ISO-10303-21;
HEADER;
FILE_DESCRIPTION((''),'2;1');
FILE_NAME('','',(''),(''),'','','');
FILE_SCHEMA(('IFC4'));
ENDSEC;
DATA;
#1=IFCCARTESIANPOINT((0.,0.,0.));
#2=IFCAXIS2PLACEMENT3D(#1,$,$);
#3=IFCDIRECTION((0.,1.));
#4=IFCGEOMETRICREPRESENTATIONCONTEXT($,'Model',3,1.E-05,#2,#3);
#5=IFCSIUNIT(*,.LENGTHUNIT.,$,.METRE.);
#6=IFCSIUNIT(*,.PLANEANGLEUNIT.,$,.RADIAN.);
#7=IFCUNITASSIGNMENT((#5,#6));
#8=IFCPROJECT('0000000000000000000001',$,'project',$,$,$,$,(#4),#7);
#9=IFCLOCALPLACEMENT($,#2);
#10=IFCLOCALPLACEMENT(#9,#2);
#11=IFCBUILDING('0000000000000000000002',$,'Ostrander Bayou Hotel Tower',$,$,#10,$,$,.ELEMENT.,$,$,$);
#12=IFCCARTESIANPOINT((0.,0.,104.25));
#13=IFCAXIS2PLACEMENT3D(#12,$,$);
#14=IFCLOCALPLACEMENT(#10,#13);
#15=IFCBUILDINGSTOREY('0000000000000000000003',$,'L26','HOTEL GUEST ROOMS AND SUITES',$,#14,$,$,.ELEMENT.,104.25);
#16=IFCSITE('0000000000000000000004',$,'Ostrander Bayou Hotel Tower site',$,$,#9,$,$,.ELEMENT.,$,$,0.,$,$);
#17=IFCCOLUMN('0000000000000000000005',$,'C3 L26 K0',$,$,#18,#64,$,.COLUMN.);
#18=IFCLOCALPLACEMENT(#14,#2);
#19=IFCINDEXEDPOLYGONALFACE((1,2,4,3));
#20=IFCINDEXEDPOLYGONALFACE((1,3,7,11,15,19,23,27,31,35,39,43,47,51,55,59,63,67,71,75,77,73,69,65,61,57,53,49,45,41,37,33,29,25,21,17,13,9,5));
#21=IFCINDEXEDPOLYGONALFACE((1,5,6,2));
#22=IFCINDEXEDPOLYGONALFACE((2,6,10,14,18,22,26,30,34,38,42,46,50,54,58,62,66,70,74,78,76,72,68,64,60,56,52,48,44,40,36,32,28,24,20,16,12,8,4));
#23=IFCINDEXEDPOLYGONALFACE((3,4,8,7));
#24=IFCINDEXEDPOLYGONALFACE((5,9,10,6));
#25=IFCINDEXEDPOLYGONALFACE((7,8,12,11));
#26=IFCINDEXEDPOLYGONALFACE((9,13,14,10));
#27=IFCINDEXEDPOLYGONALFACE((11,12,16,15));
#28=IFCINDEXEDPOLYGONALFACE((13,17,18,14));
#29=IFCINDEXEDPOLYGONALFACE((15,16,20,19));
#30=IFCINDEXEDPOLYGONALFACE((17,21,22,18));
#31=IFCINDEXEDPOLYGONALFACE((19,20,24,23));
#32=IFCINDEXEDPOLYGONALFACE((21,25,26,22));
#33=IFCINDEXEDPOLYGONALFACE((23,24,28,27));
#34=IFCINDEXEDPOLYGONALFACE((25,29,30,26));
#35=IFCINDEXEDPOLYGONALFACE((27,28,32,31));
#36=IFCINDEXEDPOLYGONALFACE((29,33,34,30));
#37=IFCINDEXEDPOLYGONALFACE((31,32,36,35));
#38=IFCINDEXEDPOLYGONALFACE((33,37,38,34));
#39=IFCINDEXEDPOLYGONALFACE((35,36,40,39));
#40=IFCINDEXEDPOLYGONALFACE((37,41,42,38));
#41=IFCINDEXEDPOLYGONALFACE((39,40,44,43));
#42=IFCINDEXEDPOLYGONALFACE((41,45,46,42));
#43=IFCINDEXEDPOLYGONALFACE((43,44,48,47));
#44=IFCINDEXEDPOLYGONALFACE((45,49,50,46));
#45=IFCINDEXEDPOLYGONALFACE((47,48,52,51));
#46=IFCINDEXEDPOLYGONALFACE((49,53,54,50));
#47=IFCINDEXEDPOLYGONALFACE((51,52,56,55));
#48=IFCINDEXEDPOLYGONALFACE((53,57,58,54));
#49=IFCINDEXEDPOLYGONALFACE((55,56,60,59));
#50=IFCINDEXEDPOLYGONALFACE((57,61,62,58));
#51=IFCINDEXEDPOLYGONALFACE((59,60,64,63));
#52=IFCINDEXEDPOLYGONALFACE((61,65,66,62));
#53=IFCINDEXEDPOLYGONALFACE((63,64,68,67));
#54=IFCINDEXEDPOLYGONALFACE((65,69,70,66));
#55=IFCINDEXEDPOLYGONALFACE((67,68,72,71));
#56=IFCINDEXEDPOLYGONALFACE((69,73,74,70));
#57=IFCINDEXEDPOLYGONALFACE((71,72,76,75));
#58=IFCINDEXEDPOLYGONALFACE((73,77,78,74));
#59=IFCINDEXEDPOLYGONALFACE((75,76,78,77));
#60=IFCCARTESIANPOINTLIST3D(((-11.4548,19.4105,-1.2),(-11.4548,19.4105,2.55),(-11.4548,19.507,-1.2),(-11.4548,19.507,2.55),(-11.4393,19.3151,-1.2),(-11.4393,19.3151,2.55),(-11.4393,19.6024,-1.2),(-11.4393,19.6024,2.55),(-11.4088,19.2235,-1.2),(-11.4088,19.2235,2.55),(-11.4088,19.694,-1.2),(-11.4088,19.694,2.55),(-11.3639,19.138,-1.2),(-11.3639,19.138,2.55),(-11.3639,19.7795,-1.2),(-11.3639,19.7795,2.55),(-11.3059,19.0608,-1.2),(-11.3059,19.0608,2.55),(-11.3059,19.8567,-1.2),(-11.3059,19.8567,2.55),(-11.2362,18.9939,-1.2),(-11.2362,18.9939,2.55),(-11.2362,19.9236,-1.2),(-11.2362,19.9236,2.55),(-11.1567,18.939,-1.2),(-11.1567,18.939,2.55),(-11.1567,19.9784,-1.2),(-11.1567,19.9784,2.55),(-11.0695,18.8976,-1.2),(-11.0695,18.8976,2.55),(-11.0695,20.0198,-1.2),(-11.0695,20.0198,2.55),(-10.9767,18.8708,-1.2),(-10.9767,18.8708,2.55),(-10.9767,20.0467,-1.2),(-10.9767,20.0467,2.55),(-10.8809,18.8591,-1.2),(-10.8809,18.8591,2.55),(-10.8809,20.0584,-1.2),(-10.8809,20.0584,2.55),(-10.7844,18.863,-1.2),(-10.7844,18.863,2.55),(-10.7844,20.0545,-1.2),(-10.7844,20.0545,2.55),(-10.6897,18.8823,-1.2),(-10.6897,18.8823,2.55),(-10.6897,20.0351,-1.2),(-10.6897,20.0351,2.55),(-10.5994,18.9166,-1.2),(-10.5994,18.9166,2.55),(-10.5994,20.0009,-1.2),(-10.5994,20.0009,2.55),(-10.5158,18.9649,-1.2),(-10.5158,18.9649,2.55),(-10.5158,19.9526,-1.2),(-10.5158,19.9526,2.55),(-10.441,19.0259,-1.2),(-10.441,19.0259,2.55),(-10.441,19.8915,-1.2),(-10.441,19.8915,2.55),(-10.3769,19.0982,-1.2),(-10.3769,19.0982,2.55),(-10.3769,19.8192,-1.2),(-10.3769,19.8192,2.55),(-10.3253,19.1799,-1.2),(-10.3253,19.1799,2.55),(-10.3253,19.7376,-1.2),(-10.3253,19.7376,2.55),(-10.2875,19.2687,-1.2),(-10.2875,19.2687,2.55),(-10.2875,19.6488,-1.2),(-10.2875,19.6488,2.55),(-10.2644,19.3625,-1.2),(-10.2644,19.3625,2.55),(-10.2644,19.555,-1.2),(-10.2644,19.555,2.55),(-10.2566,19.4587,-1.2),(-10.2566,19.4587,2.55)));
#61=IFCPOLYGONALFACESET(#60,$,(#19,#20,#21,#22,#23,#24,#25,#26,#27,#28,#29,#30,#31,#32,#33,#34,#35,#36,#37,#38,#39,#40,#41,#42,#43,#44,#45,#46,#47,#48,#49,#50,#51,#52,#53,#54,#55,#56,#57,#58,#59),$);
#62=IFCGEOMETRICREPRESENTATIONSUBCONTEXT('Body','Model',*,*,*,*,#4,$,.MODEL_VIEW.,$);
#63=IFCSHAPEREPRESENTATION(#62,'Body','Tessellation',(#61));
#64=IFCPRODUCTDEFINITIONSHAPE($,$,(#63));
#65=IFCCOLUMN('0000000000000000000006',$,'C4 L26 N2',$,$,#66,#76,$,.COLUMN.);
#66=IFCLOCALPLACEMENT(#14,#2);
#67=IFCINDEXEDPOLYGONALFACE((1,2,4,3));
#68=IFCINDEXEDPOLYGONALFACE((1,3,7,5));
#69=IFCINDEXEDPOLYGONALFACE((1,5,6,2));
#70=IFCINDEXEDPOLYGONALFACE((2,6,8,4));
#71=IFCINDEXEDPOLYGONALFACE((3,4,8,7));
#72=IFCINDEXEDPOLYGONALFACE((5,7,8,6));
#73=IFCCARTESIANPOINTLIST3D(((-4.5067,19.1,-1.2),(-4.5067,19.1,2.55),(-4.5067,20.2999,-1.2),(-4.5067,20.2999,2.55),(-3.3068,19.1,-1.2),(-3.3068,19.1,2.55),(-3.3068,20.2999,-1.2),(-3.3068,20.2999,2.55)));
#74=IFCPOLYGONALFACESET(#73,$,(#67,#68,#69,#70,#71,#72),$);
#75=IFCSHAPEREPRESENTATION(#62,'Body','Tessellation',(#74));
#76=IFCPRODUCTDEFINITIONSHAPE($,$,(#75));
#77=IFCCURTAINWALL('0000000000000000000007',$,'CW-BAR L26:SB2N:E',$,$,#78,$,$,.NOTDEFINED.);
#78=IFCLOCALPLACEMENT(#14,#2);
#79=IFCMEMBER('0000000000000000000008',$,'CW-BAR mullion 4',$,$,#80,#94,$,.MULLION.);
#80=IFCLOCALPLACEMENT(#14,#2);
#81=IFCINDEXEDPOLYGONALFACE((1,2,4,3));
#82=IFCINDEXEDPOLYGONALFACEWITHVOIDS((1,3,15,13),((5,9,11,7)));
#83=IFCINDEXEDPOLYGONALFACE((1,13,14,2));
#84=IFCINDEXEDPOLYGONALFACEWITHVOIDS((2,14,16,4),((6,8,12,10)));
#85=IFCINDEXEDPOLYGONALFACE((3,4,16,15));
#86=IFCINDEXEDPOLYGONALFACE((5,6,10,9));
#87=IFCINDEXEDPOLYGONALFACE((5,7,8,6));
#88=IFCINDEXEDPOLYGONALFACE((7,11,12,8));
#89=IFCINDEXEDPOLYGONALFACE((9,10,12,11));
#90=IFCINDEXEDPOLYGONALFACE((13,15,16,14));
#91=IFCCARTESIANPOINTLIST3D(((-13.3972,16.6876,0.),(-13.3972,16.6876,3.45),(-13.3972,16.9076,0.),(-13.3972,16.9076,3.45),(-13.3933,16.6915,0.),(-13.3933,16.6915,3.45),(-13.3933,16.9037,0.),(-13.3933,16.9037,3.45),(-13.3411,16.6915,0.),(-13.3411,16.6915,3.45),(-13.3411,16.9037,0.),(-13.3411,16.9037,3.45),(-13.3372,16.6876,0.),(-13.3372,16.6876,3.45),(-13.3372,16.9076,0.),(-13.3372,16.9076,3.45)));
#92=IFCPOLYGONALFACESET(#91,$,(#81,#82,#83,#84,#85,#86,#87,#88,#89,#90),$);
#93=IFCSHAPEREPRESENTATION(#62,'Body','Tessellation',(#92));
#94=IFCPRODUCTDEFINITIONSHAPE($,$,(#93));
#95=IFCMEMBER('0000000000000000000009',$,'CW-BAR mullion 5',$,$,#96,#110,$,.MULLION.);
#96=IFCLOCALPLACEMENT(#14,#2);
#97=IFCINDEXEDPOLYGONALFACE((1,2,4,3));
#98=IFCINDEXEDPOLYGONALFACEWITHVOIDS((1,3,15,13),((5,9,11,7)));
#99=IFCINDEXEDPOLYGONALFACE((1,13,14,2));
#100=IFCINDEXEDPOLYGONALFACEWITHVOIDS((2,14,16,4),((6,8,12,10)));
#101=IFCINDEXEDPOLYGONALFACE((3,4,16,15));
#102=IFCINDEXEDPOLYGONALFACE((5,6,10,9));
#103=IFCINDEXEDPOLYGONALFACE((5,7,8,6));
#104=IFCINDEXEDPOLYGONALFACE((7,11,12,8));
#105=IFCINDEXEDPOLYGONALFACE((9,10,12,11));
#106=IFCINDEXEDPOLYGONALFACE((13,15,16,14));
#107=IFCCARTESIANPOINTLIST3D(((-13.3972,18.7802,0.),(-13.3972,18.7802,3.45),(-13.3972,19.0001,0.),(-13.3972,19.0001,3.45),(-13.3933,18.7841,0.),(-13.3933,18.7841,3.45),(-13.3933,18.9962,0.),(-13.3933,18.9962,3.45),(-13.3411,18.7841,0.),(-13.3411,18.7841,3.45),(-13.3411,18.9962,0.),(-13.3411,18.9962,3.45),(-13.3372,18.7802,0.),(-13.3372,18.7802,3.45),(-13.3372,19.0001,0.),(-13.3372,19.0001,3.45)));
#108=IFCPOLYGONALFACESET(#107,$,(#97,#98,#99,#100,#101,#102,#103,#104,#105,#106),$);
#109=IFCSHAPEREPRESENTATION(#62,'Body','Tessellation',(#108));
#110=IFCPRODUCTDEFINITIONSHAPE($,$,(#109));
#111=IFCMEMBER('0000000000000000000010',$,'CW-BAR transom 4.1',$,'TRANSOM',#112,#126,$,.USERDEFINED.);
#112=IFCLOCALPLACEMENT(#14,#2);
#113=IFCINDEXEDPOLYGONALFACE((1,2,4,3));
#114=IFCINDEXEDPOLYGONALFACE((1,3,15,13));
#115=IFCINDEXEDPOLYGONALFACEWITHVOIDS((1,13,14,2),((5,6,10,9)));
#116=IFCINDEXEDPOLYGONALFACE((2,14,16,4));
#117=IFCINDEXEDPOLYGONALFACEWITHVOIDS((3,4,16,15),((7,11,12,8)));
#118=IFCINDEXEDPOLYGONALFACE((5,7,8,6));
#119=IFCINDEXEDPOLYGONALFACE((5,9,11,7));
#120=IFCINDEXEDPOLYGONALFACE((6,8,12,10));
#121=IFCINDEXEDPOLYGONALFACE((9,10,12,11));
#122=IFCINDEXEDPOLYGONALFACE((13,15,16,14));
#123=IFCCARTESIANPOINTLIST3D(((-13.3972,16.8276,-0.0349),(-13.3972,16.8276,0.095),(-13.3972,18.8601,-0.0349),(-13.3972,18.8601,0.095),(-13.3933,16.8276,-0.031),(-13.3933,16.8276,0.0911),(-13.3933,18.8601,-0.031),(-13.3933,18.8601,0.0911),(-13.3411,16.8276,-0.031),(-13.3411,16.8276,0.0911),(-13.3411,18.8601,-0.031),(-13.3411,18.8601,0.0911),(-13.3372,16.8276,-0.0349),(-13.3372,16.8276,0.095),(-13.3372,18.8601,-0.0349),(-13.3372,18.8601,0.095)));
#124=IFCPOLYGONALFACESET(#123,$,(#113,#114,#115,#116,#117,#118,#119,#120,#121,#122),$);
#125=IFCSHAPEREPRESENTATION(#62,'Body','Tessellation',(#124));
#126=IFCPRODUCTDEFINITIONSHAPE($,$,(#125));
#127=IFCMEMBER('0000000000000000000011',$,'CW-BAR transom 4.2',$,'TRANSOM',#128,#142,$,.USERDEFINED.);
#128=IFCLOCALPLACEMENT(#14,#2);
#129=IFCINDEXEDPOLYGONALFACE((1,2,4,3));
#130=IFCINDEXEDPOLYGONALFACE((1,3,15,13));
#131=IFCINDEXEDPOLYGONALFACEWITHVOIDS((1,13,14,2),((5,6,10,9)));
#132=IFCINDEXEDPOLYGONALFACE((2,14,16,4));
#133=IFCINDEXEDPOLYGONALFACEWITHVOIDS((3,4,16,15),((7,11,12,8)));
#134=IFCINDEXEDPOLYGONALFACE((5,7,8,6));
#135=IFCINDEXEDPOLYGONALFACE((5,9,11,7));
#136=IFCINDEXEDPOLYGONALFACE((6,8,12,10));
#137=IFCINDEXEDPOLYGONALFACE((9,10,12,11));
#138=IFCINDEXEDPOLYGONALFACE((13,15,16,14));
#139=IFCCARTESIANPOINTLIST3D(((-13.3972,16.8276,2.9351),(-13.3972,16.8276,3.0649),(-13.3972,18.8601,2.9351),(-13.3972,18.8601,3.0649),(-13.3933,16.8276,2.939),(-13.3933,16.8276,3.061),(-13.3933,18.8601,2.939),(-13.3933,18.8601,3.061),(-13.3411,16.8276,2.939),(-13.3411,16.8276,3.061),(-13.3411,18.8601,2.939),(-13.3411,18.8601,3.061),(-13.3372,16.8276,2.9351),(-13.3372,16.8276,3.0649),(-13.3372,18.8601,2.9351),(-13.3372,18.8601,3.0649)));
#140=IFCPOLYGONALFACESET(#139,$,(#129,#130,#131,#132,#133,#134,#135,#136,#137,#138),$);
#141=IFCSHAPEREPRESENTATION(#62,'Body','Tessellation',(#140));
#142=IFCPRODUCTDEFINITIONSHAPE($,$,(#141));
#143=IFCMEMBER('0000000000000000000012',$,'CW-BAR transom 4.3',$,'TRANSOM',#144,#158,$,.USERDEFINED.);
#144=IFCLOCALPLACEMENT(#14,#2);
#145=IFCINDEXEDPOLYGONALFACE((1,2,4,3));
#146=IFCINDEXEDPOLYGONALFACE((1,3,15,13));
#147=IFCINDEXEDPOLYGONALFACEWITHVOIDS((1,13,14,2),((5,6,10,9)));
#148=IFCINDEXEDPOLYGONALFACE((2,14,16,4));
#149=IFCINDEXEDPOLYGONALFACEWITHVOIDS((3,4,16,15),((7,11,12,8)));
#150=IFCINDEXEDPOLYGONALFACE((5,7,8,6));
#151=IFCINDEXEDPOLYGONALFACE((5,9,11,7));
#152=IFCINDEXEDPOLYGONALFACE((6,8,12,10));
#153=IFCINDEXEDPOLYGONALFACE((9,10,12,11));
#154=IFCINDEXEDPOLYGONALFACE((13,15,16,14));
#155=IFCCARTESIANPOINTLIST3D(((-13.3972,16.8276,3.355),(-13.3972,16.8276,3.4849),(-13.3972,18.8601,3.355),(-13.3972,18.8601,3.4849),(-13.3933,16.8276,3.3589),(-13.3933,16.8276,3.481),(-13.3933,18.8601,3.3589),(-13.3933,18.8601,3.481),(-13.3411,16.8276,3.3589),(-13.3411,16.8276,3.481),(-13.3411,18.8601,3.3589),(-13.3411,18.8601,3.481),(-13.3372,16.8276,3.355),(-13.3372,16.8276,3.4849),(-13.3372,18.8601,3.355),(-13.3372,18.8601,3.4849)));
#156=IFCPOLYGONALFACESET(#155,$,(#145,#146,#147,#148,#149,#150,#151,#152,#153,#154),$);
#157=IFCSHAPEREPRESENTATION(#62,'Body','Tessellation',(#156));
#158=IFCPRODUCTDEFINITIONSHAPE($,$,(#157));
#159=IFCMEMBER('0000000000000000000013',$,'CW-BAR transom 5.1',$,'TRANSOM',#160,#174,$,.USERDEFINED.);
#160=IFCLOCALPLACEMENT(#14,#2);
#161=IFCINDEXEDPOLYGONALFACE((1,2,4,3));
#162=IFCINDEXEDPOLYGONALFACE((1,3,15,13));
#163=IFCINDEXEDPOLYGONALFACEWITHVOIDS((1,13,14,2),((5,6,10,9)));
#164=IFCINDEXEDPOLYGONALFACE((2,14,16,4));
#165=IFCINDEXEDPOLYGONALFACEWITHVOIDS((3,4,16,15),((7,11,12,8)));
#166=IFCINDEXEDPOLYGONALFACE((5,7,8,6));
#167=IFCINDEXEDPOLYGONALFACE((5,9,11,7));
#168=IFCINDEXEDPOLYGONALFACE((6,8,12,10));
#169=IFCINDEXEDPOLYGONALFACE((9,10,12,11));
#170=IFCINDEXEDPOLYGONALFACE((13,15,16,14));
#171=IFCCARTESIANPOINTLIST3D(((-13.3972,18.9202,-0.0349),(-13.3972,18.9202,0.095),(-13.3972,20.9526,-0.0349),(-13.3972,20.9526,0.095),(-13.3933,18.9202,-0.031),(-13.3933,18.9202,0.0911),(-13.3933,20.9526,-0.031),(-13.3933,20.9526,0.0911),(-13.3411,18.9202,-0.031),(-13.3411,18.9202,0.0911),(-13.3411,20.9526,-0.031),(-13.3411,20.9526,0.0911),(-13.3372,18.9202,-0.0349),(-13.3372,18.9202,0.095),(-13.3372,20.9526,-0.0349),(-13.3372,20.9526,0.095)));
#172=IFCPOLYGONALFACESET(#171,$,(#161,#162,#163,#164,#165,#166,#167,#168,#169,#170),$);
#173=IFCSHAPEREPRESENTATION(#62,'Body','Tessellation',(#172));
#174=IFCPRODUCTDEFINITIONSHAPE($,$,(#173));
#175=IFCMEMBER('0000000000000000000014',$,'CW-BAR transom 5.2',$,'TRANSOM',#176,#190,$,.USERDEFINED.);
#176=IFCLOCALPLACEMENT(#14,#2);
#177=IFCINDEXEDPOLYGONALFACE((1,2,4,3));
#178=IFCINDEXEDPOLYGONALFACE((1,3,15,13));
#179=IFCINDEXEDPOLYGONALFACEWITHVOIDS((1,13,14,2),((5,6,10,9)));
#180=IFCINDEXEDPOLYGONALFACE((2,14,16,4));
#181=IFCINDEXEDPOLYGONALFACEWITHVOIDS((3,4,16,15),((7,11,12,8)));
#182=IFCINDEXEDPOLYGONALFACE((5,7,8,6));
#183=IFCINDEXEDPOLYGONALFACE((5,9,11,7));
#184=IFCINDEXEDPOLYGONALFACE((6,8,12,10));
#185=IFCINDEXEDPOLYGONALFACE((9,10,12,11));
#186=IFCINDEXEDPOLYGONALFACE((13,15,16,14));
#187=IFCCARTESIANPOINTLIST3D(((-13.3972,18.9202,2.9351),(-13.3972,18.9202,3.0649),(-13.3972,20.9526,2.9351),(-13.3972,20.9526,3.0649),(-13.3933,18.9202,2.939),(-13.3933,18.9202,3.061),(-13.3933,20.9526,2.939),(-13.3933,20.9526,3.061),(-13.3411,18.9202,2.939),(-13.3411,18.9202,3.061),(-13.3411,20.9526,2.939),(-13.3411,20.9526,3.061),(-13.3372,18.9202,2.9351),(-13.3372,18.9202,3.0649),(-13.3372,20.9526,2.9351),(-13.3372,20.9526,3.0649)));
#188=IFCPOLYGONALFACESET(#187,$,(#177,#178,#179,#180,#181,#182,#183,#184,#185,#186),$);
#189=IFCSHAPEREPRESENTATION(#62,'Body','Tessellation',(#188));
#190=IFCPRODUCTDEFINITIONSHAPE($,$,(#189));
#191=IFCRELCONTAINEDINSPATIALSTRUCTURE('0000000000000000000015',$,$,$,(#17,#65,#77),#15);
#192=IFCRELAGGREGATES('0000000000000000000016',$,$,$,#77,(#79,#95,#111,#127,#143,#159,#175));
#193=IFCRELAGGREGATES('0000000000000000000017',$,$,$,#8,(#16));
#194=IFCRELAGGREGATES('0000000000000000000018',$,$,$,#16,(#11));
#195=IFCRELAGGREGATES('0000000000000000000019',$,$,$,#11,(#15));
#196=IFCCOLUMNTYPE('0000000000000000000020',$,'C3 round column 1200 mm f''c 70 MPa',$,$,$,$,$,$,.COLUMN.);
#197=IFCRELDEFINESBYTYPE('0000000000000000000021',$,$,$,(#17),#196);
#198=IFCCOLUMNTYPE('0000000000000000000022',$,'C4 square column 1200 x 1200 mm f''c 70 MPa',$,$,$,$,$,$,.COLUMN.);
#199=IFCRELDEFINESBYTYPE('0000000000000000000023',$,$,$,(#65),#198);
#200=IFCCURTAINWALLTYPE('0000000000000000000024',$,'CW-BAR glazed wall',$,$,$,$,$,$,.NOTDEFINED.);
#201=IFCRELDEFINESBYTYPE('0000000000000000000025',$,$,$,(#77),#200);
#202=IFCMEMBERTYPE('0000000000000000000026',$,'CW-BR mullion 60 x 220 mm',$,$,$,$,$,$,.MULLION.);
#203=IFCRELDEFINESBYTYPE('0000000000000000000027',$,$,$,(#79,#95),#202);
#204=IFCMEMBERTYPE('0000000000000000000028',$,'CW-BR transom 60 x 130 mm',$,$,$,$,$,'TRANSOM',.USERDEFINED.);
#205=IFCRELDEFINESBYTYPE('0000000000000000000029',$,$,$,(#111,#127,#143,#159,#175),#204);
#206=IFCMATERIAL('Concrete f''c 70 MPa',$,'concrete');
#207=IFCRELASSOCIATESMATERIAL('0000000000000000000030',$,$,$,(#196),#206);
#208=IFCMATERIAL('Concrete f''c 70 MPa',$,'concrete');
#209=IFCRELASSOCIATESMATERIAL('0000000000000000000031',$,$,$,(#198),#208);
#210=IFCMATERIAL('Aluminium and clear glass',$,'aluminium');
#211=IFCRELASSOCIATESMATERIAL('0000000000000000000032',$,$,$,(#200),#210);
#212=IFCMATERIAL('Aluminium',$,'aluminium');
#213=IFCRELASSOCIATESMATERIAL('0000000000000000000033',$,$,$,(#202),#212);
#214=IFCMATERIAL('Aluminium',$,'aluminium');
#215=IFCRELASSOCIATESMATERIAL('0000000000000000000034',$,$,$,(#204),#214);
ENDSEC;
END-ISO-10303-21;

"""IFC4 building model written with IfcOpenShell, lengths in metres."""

from ifc_helpers import new_model, si_unit, direction, frame, origin, origin_2d, place, context, subcontext, project, spatial, rectangle, hollow_rectangle, circle, extrude, material, material_profile, profile_set, type_object, element, aggregate, save


model = new_model("IFC4")

# Units and contexts
model_context = context("Model", 3, precision=1e-05, world=origin(), true_north=direction((0.0, 1.0)))
body_context = subcontext(model_context, "Body", "Model", "MODEL_VIEW")
ifc_project = project(units=[si_unit("LENGTHUNIT", "METRE"), si_unit("PLANEANGLEUNIT", "RADIAN")], contexts=[model_context])

# Site, building, storey
site_placement = place(None, origin())
site = spatial("IfcSite", under=ifc_project, at=site_placement, Name="Ostrander Bayou Hotel Tower site", CompositionType="ELEMENT", RefElevation=0.0)
building_placement = place(site_placement, origin())
building = spatial("IfcBuilding", under=site, at=building_placement, Name="Ostrander Bayou Hotel Tower", CompositionType="ELEMENT")
storey_placement = place(building_placement, frame((0.0, 0.0, 104.25)))
storey = spatial("IfcBuildingStorey", under=building, at=storey_placement, Name="L26", Description="HOTEL GUEST ROOMS AND SUITES", CompositionType="ELEMENT", Elevation=104.25)

# Columns
ifc_material_1 = material(Name="Concrete f'c 70 MPa", Category="concrete")
ifc_material_profile_1 = material_profile(ifc_material_1, circle(Radius=0.6001, at=origin_2d()))
ifc_profile_set_1 = profile_set([ifc_material_profile_1], Name="Concrete f'c 70 MPa")
column_type_1 = type_object("IfcColumnType", Name="C3 round column 1200 mm f'c 70 MPa", PredefinedType="COLUMN", material=ifc_profile_set_1)
column_1_placement = place(storey_placement, frame((-10.8567, 19.4587, -1.2), z_axis=(0.0, 0.0, 1.0), x_axis=(1.0, 0.0, 0.0)))
element("IfcColumn", 1, at=column_1_placement, inside=storey, type_object=column_type_1, Name="C3 L26 K0", PredefinedType="COLUMN", context=body_context, shape_type="SweptSolid", body=[
    extrude(circle(Radius=0.6001, at=origin_2d()), origin(), (0.0, 0.0, 1.0), 3.75),
])
ifc_material_2 = material(Name="Concrete f'c 70 MPa", Category="concrete")
ifc_material_profile_2 = material_profile(ifc_material_2, rectangle(XDim=1.2, YDim=1.2, at=origin_2d()))
ifc_profile_set_2 = profile_set([ifc_material_profile_2], Name="Concrete f'c 70 MPa")
column_type_2 = type_object("IfcColumnType", Name="C4 square column 1200 x 1200 mm f'c 70 MPa", PredefinedType="COLUMN", material=ifc_profile_set_2)
column_2_placement = place(storey_placement, frame((-3.9067, 19.7, -1.2), z_axis=(0.0, 0.0, 1.0), x_axis=(1.0, 0.0, 0.0)))
element("IfcColumn", 2, at=column_2_placement, inside=storey, type_object=column_type_2, Name="C4 L26 N2", PredefinedType="COLUMN", context=body_context, shape_type="SweptSolid", body=[
    extrude(rectangle(XDim=1.2, YDim=1.2, at=origin_2d()), origin(), (0.0, 0.0, 1.0), 3.75),
])

# Curtain wall, members
ifc_material_3 = material(Name="Aluminium and clear glass", Category="aluminium")
curtain_wall_type = type_object("IfcCurtainWallType", Name="CW-BAR glazed wall", PredefinedType="NOTDEFINED", material=ifc_material_3)
curtain_wall_placement = place(storey_placement, origin())
curtain_wall = element("IfcCurtainWall", 3, at=curtain_wall_placement, inside=storey, type_object=curtain_wall_type, Name="CW-BAR L26:SB2N:E", PredefinedType="NOTDEFINED")
ifc_material_4 = material(Name="Aluminium", Category="aluminium")
ifc_material_profile_3 = material_profile(ifc_material_4, hollow_rectangle(XDim=0.0601, YDim=0.22, WallThickness=0.0039, at=origin_2d()))
ifc_profile_set_3 = profile_set([ifc_material_profile_3], Name="Aluminium")
member_type_1 = type_object("IfcMemberType", Name="CW-BR mullion 60 x 220 mm", PredefinedType="MULLION", material=ifc_profile_set_3)
member_1_placement = place(storey_placement, frame((-13.3672, 16.7976, 0.0), z_axis=(0.0, 0.0, 1.0), x_axis=(-1.0, 0.0, 0.0)))
member_1 = element("IfcMember", 4, at=member_1_placement, type_object=member_type_1, Name="CW-BAR mullion 4", PredefinedType="MULLION", context=body_context, shape_type="SweptSolid", body=[
    extrude(hollow_rectangle(XDim=0.0601, YDim=0.22, WallThickness=0.0039, at=origin_2d()), origin(), (0.0, 0.0, 1.0), 3.45),
])
member_2_placement = place(storey_placement, frame((-13.3672, 18.8901, 0.0), z_axis=(0.0, 0.0, 1.0), x_axis=(-1.0, 0.0, 0.0)))
member_2 = element("IfcMember", 5, at=member_2_placement, type_object=member_type_1, Name="CW-BAR mullion 5", PredefinedType="MULLION", context=body_context, shape_type="SweptSolid", body=[
    extrude(hollow_rectangle(XDim=0.0601, YDim=0.22, WallThickness=0.0039, at=origin_2d()), origin(), (0.0, 0.0, 1.0), 3.45),
])
ifc_material_5 = material(Name="Aluminium", Category="aluminium")
ifc_material_profile_4 = material_profile(ifc_material_5, hollow_rectangle(XDim=0.0601, YDim=0.1299, WallThickness=0.0039, at=origin_2d()))
ifc_profile_set_4 = profile_set([ifc_material_profile_4], Name="Aluminium")
member_type_2 = type_object("IfcMemberType", Name="CW-BR transom 60 x 130 mm", ElementType="TRANSOM", PredefinedType="USERDEFINED", material=ifc_profile_set_4)
member_3_placement = place(storey_placement, frame((-13.3672, 16.8276, 0.03), z_axis=(0.0, 1.0, 0.0), x_axis=(-1.0, 0.0, 0.0)))
member_3 = element("IfcMember", 6, at=member_3_placement, type_object=member_type_2, Name="CW-BAR transom 4.1", ObjectType="TRANSOM", PredefinedType="USERDEFINED", context=body_context, shape_type="SweptSolid", body=[
    extrude(hollow_rectangle(XDim=0.0601, YDim=0.1299, WallThickness=0.0039, at=origin_2d()), origin(), (0.0, 0.0, 1.0), 2.0325),
])
member_4_placement = place(storey_placement, frame((-13.3672, 16.8276, 3.0), z_axis=(0.0, 1.0, 0.0), x_axis=(-1.0, 0.0, 0.0)))
member_4 = element("IfcMember", 7, at=member_4_placement, type_object=member_type_2, Name="CW-BAR transom 4.2", ObjectType="TRANSOM", PredefinedType="USERDEFINED", context=body_context, shape_type="SweptSolid", body=[
    extrude(hollow_rectangle(XDim=0.0601, YDim=0.1299, WallThickness=0.0039, at=origin_2d()), origin(), (0.0, 0.0, 1.0), 2.0325),
])
member_5_placement = place(storey_placement, frame((-13.3672, 16.8276, 3.4199), z_axis=(0.0, 1.0, 0.0), x_axis=(-1.0, 0.0, 0.0)))
member_5 = element("IfcMember", 8, at=member_5_placement, type_object=member_type_2, Name="CW-BAR transom 4.3", ObjectType="TRANSOM", PredefinedType="USERDEFINED", context=body_context, shape_type="SweptSolid", body=[
    extrude(hollow_rectangle(XDim=0.0601, YDim=0.1299, WallThickness=0.0039, at=origin_2d()), origin(), (0.0, 0.0, 1.0), 2.0325),
])
member_6_placement = place(storey_placement, frame((-13.3672, 18.9202, 0.03), z_axis=(0.0, 1.0, 0.0), x_axis=(-1.0, 0.0, 0.0)))
member_6 = element("IfcMember", 9, at=member_6_placement, type_object=member_type_2, Name="CW-BAR transom 5.1", ObjectType="TRANSOM", PredefinedType="USERDEFINED", context=body_context, shape_type="SweptSolid", body=[
    extrude(hollow_rectangle(XDim=0.0601, YDim=0.1299, WallThickness=0.0039, at=origin_2d()), origin(), (0.0, 0.0, 1.0), 2.0325),
])
member_7_placement = place(storey_placement, frame((-13.3672, 18.9202, 3.0), z_axis=(0.0, 1.0, 0.0), x_axis=(-1.0, 0.0, 0.0)))
member_7 = element("IfcMember", 10, at=member_7_placement, type_object=member_type_2, Name="CW-BAR transom 5.2", ObjectType="TRANSOM", PredefinedType="USERDEFINED", context=body_context, shape_type="SweptSolid", body=[
    extrude(hollow_rectangle(XDim=0.0601, YDim=0.1299, WallThickness=0.0039, at=origin_2d()), origin(), (0.0, 0.0, 1.0), 2.0325),
])

aggregate(curtain_wall, [member_1, member_2, member_3, member_4, member_5, member_6, member_7])

save(model, "model.ifc")
